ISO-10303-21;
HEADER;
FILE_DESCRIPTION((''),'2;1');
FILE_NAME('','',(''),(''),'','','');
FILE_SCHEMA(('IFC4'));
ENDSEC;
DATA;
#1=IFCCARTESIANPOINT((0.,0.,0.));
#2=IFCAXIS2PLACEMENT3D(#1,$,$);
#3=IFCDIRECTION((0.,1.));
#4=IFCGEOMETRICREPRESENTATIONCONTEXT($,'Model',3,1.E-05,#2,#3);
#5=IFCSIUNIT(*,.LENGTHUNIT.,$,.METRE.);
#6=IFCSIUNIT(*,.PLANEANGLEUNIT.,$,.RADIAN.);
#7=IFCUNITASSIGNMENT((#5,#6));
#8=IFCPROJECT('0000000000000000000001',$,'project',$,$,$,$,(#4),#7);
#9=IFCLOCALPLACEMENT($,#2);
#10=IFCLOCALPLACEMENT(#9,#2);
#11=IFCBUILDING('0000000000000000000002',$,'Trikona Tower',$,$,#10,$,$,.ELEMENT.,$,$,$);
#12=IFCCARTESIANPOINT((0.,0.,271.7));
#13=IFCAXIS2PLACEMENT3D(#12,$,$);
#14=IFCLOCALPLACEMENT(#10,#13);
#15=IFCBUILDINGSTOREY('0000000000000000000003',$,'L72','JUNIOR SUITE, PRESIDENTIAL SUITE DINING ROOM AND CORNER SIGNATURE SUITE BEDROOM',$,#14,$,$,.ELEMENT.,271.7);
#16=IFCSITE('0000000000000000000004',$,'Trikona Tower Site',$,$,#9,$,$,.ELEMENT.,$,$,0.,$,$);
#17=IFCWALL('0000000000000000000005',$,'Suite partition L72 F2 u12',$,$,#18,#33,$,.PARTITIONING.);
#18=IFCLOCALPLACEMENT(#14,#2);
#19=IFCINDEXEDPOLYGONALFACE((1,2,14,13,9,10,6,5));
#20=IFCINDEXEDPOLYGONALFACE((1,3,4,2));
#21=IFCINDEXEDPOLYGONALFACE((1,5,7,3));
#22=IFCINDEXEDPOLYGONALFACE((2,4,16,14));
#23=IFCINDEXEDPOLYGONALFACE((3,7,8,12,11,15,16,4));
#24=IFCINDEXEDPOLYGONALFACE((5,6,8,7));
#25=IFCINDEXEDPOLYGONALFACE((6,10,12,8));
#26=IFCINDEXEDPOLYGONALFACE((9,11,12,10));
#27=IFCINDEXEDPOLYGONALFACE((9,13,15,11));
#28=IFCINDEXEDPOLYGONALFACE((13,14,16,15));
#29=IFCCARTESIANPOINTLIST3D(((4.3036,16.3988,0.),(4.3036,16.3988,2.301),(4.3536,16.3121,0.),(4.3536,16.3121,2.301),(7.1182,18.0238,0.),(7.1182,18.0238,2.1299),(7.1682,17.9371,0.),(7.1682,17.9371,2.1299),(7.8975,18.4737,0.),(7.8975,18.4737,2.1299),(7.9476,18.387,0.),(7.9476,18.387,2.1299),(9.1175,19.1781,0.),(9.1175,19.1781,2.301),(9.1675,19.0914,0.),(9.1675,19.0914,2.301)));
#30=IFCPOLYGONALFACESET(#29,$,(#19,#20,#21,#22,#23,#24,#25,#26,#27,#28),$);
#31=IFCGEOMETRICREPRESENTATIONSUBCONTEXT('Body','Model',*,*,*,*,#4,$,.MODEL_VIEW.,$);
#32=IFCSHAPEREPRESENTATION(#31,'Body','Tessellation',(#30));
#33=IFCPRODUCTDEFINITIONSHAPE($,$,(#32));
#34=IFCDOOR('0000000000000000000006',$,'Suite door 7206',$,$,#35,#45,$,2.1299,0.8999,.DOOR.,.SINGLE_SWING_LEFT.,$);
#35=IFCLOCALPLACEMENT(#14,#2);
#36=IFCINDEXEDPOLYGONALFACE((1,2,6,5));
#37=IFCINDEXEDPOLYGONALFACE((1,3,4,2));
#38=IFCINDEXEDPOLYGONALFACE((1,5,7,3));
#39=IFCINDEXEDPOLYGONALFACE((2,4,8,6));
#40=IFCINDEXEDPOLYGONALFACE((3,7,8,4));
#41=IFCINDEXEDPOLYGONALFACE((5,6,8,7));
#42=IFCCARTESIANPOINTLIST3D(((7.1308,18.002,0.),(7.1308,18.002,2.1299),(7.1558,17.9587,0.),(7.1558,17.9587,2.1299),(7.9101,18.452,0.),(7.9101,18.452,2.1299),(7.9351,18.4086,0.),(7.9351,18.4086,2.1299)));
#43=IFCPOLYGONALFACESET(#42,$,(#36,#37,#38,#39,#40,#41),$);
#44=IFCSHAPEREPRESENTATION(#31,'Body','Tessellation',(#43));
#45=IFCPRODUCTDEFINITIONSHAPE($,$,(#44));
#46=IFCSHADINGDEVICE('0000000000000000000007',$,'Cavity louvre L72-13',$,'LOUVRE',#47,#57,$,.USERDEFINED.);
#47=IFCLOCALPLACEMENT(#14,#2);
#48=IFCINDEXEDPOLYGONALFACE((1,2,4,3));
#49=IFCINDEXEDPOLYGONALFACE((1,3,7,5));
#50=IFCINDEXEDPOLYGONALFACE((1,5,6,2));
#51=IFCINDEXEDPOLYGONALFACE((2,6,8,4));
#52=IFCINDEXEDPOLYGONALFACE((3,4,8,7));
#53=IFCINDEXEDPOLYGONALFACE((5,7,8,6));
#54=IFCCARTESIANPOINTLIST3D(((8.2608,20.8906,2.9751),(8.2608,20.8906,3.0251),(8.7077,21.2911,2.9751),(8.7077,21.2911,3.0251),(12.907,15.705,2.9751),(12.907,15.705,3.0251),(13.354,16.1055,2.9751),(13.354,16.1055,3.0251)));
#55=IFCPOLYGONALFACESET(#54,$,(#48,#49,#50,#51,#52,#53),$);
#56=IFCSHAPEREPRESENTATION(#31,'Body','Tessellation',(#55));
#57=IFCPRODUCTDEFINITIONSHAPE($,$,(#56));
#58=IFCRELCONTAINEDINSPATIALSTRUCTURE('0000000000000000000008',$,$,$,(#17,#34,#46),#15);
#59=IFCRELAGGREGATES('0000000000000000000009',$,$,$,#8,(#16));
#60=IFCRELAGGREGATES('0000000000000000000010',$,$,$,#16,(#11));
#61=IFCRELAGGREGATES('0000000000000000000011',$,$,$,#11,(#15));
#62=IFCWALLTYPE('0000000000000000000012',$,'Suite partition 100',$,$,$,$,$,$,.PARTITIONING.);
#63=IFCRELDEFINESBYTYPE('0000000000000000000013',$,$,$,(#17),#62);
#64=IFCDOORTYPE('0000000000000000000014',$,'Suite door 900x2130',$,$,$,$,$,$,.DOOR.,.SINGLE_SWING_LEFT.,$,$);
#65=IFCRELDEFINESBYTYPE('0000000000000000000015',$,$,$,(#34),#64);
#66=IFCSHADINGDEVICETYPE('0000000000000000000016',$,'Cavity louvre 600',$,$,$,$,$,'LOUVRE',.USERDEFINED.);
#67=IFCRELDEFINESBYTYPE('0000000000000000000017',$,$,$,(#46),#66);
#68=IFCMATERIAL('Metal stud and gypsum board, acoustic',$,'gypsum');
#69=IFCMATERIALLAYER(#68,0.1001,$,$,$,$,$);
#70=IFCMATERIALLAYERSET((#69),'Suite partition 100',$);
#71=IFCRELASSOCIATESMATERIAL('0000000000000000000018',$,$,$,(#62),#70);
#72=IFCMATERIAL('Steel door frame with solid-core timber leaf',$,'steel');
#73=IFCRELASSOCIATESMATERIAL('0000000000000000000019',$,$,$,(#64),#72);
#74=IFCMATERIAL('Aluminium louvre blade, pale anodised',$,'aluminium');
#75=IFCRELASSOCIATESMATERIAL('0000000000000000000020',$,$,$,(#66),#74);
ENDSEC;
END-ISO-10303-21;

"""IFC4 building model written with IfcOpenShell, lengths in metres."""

from ifc_helpers import new_model, si_unit, direction, frame, frame_2d, origin, origin_2d, place, context, subcontext, project, spatial, rectangle, extrude, material, layer, layer_set, type_object, element, fill, save


model = new_model("IFC4")

# Units and contexts
model_context = context("Model", 3, precision=1e-05, world=origin(), true_north=direction((0.0, 1.0)))
body_context = subcontext(model_context, "Body", "Model", "MODEL_VIEW")
ifc_project = project(units=[si_unit("LENGTHUNIT", "METRE"), si_unit("PLANEANGLEUNIT", "RADIAN")], contexts=[model_context])

# Site, building, storey
site_placement = place(None, origin())
site = spatial("IfcSite", under=ifc_project, at=site_placement, Name="Trikona Tower Site", CompositionType="ELEMENT", RefElevation=0.0)
building_placement = place(site_placement, origin())
building = spatial("IfcBuilding", under=site, at=building_placement, Name="Trikona Tower", CompositionType="ELEMENT")
storey_placement = place(building_placement, frame((0.0, 0.0, 271.7)))
storey = spatial("IfcBuildingStorey", under=building, at=storey_placement, Name="L72", Description="JUNIOR SUITE, PRESIDENTIAL SUITE DINING ROOM AND CORNER SIGNATURE SUITE BEDROOM", CompositionType="ELEMENT", Elevation=271.7)

# Wall, opening, door
ifc_material_1 = material(Name="Metal stud and gypsum board, acoustic", Category="gypsum")
ifc_layer_1 = layer(ifc_material_1, 0.1001)
ifc_layer_set_1 = layer_set([ifc_layer_1], Name="Suite partition 100")
wall_type_1 = type_object("IfcWallType", Name="Suite partition 100", PredefinedType="PARTITIONING", material=ifc_layer_set_1)
wall_1_placement = place(storey_placement, frame((4.3286, 16.3555, 0.0), z_axis=(0.0, 0.0, 1.0), x_axis=(0.866029, 0.499994, 0.0)))
wall_1 = element("IfcWall", 1, at=wall_1_placement, inside=storey, type_object=wall_type_1, Name="Suite partition L72 F2 u12", PredefinedType="PARTITIONING", context=body_context, shape_type="SweptSolid", body=[
    extrude(rectangle(XDim=5.5586, YDim=0.1001, at=frame_2d((2.7793, 0.0))), origin(), (0.0, 0.0, 1.0), 2.301),
])
opening_1_placement = place(wall_1_placement, frame((3.25, 0.0, 0.0)))
opening_1 = element("IfcOpeningElement", 2, at=opening_1_placement, cuts=wall_1, PredefinedType="OPENING", context=body_context, shape_type="SweptSolid", body=[
    extrude(rectangle(XDim=0.8999, YDim=2.1299, at=frame_2d((0.45, 1.0649))), frame((0.0, 0.0601, 0.0), z_axis=(0.0, -1.0, 0.0), x_axis=(1.0, 0.0, 0.0)), (0.0, 0.0, 1.0), 0.1201),
])
ifc_material_2 = material(Name="Steel door frame with solid-core timber leaf", Category="steel")
door_type_1 = type_object("IfcDoorType", Name="Suite door 900x2130", OperationType="SINGLE_SWING_LEFT", PredefinedType="DOOR", material=ifc_material_2)
door_1_placement = place(opening_1_placement, origin())
door_1 = element("IfcDoor", 3, at=door_1_placement, inside=storey, type_object=door_type_1, Name="Suite door 7206", OperationType="SINGLE_SWING_LEFT", OverallHeight=2.1299, OverallWidth=0.8999, PredefinedType="DOOR", context=body_context, shape_type="SweptSolid", body=[
    extrude(rectangle(XDim=0.8999, YDim=2.1299, at=frame_2d((0.45, 1.0649))), frame((0.0, 0.0249, 0.0), z_axis=(0.0, -1.0, 0.0), x_axis=(1.0, 0.0, 0.0)), (0.0, 0.0, 1.0), 0.05),
])
fill(opening_1, door_1)

# Shading device
ifc_material_3 = material(Name="Aluminium louvre blade, pale anodised", Category="aluminium")
shading_device_type = type_object("IfcShadingDeviceType", Name="Cavity louvre 600", ElementType="LOUVRE", PredefinedType="USERDEFINED", material=ifc_material_3)
shading_device_placement = place(storey_placement, frame((10.8074, 18.498, 2.9751), z_axis=(0.0, 0.0, 1.0), x_axis=(-0.667311, 0.744779, 0.0)))
element("IfcShadingDevice", 4, at=shading_device_placement, inside=storey, type_object=shading_device_type, Name="Cavity louvre L72-13", ObjectType="LOUVRE", PredefinedType="USERDEFINED", context=body_context, shape_type="SweptSolid", body=[
    extrude(rectangle(XDim=6.9626, YDim=0.6001, at=origin_2d()), origin(), (0.0, 0.0, 1.0), 0.05),
])

save(model, "model.ifc")
